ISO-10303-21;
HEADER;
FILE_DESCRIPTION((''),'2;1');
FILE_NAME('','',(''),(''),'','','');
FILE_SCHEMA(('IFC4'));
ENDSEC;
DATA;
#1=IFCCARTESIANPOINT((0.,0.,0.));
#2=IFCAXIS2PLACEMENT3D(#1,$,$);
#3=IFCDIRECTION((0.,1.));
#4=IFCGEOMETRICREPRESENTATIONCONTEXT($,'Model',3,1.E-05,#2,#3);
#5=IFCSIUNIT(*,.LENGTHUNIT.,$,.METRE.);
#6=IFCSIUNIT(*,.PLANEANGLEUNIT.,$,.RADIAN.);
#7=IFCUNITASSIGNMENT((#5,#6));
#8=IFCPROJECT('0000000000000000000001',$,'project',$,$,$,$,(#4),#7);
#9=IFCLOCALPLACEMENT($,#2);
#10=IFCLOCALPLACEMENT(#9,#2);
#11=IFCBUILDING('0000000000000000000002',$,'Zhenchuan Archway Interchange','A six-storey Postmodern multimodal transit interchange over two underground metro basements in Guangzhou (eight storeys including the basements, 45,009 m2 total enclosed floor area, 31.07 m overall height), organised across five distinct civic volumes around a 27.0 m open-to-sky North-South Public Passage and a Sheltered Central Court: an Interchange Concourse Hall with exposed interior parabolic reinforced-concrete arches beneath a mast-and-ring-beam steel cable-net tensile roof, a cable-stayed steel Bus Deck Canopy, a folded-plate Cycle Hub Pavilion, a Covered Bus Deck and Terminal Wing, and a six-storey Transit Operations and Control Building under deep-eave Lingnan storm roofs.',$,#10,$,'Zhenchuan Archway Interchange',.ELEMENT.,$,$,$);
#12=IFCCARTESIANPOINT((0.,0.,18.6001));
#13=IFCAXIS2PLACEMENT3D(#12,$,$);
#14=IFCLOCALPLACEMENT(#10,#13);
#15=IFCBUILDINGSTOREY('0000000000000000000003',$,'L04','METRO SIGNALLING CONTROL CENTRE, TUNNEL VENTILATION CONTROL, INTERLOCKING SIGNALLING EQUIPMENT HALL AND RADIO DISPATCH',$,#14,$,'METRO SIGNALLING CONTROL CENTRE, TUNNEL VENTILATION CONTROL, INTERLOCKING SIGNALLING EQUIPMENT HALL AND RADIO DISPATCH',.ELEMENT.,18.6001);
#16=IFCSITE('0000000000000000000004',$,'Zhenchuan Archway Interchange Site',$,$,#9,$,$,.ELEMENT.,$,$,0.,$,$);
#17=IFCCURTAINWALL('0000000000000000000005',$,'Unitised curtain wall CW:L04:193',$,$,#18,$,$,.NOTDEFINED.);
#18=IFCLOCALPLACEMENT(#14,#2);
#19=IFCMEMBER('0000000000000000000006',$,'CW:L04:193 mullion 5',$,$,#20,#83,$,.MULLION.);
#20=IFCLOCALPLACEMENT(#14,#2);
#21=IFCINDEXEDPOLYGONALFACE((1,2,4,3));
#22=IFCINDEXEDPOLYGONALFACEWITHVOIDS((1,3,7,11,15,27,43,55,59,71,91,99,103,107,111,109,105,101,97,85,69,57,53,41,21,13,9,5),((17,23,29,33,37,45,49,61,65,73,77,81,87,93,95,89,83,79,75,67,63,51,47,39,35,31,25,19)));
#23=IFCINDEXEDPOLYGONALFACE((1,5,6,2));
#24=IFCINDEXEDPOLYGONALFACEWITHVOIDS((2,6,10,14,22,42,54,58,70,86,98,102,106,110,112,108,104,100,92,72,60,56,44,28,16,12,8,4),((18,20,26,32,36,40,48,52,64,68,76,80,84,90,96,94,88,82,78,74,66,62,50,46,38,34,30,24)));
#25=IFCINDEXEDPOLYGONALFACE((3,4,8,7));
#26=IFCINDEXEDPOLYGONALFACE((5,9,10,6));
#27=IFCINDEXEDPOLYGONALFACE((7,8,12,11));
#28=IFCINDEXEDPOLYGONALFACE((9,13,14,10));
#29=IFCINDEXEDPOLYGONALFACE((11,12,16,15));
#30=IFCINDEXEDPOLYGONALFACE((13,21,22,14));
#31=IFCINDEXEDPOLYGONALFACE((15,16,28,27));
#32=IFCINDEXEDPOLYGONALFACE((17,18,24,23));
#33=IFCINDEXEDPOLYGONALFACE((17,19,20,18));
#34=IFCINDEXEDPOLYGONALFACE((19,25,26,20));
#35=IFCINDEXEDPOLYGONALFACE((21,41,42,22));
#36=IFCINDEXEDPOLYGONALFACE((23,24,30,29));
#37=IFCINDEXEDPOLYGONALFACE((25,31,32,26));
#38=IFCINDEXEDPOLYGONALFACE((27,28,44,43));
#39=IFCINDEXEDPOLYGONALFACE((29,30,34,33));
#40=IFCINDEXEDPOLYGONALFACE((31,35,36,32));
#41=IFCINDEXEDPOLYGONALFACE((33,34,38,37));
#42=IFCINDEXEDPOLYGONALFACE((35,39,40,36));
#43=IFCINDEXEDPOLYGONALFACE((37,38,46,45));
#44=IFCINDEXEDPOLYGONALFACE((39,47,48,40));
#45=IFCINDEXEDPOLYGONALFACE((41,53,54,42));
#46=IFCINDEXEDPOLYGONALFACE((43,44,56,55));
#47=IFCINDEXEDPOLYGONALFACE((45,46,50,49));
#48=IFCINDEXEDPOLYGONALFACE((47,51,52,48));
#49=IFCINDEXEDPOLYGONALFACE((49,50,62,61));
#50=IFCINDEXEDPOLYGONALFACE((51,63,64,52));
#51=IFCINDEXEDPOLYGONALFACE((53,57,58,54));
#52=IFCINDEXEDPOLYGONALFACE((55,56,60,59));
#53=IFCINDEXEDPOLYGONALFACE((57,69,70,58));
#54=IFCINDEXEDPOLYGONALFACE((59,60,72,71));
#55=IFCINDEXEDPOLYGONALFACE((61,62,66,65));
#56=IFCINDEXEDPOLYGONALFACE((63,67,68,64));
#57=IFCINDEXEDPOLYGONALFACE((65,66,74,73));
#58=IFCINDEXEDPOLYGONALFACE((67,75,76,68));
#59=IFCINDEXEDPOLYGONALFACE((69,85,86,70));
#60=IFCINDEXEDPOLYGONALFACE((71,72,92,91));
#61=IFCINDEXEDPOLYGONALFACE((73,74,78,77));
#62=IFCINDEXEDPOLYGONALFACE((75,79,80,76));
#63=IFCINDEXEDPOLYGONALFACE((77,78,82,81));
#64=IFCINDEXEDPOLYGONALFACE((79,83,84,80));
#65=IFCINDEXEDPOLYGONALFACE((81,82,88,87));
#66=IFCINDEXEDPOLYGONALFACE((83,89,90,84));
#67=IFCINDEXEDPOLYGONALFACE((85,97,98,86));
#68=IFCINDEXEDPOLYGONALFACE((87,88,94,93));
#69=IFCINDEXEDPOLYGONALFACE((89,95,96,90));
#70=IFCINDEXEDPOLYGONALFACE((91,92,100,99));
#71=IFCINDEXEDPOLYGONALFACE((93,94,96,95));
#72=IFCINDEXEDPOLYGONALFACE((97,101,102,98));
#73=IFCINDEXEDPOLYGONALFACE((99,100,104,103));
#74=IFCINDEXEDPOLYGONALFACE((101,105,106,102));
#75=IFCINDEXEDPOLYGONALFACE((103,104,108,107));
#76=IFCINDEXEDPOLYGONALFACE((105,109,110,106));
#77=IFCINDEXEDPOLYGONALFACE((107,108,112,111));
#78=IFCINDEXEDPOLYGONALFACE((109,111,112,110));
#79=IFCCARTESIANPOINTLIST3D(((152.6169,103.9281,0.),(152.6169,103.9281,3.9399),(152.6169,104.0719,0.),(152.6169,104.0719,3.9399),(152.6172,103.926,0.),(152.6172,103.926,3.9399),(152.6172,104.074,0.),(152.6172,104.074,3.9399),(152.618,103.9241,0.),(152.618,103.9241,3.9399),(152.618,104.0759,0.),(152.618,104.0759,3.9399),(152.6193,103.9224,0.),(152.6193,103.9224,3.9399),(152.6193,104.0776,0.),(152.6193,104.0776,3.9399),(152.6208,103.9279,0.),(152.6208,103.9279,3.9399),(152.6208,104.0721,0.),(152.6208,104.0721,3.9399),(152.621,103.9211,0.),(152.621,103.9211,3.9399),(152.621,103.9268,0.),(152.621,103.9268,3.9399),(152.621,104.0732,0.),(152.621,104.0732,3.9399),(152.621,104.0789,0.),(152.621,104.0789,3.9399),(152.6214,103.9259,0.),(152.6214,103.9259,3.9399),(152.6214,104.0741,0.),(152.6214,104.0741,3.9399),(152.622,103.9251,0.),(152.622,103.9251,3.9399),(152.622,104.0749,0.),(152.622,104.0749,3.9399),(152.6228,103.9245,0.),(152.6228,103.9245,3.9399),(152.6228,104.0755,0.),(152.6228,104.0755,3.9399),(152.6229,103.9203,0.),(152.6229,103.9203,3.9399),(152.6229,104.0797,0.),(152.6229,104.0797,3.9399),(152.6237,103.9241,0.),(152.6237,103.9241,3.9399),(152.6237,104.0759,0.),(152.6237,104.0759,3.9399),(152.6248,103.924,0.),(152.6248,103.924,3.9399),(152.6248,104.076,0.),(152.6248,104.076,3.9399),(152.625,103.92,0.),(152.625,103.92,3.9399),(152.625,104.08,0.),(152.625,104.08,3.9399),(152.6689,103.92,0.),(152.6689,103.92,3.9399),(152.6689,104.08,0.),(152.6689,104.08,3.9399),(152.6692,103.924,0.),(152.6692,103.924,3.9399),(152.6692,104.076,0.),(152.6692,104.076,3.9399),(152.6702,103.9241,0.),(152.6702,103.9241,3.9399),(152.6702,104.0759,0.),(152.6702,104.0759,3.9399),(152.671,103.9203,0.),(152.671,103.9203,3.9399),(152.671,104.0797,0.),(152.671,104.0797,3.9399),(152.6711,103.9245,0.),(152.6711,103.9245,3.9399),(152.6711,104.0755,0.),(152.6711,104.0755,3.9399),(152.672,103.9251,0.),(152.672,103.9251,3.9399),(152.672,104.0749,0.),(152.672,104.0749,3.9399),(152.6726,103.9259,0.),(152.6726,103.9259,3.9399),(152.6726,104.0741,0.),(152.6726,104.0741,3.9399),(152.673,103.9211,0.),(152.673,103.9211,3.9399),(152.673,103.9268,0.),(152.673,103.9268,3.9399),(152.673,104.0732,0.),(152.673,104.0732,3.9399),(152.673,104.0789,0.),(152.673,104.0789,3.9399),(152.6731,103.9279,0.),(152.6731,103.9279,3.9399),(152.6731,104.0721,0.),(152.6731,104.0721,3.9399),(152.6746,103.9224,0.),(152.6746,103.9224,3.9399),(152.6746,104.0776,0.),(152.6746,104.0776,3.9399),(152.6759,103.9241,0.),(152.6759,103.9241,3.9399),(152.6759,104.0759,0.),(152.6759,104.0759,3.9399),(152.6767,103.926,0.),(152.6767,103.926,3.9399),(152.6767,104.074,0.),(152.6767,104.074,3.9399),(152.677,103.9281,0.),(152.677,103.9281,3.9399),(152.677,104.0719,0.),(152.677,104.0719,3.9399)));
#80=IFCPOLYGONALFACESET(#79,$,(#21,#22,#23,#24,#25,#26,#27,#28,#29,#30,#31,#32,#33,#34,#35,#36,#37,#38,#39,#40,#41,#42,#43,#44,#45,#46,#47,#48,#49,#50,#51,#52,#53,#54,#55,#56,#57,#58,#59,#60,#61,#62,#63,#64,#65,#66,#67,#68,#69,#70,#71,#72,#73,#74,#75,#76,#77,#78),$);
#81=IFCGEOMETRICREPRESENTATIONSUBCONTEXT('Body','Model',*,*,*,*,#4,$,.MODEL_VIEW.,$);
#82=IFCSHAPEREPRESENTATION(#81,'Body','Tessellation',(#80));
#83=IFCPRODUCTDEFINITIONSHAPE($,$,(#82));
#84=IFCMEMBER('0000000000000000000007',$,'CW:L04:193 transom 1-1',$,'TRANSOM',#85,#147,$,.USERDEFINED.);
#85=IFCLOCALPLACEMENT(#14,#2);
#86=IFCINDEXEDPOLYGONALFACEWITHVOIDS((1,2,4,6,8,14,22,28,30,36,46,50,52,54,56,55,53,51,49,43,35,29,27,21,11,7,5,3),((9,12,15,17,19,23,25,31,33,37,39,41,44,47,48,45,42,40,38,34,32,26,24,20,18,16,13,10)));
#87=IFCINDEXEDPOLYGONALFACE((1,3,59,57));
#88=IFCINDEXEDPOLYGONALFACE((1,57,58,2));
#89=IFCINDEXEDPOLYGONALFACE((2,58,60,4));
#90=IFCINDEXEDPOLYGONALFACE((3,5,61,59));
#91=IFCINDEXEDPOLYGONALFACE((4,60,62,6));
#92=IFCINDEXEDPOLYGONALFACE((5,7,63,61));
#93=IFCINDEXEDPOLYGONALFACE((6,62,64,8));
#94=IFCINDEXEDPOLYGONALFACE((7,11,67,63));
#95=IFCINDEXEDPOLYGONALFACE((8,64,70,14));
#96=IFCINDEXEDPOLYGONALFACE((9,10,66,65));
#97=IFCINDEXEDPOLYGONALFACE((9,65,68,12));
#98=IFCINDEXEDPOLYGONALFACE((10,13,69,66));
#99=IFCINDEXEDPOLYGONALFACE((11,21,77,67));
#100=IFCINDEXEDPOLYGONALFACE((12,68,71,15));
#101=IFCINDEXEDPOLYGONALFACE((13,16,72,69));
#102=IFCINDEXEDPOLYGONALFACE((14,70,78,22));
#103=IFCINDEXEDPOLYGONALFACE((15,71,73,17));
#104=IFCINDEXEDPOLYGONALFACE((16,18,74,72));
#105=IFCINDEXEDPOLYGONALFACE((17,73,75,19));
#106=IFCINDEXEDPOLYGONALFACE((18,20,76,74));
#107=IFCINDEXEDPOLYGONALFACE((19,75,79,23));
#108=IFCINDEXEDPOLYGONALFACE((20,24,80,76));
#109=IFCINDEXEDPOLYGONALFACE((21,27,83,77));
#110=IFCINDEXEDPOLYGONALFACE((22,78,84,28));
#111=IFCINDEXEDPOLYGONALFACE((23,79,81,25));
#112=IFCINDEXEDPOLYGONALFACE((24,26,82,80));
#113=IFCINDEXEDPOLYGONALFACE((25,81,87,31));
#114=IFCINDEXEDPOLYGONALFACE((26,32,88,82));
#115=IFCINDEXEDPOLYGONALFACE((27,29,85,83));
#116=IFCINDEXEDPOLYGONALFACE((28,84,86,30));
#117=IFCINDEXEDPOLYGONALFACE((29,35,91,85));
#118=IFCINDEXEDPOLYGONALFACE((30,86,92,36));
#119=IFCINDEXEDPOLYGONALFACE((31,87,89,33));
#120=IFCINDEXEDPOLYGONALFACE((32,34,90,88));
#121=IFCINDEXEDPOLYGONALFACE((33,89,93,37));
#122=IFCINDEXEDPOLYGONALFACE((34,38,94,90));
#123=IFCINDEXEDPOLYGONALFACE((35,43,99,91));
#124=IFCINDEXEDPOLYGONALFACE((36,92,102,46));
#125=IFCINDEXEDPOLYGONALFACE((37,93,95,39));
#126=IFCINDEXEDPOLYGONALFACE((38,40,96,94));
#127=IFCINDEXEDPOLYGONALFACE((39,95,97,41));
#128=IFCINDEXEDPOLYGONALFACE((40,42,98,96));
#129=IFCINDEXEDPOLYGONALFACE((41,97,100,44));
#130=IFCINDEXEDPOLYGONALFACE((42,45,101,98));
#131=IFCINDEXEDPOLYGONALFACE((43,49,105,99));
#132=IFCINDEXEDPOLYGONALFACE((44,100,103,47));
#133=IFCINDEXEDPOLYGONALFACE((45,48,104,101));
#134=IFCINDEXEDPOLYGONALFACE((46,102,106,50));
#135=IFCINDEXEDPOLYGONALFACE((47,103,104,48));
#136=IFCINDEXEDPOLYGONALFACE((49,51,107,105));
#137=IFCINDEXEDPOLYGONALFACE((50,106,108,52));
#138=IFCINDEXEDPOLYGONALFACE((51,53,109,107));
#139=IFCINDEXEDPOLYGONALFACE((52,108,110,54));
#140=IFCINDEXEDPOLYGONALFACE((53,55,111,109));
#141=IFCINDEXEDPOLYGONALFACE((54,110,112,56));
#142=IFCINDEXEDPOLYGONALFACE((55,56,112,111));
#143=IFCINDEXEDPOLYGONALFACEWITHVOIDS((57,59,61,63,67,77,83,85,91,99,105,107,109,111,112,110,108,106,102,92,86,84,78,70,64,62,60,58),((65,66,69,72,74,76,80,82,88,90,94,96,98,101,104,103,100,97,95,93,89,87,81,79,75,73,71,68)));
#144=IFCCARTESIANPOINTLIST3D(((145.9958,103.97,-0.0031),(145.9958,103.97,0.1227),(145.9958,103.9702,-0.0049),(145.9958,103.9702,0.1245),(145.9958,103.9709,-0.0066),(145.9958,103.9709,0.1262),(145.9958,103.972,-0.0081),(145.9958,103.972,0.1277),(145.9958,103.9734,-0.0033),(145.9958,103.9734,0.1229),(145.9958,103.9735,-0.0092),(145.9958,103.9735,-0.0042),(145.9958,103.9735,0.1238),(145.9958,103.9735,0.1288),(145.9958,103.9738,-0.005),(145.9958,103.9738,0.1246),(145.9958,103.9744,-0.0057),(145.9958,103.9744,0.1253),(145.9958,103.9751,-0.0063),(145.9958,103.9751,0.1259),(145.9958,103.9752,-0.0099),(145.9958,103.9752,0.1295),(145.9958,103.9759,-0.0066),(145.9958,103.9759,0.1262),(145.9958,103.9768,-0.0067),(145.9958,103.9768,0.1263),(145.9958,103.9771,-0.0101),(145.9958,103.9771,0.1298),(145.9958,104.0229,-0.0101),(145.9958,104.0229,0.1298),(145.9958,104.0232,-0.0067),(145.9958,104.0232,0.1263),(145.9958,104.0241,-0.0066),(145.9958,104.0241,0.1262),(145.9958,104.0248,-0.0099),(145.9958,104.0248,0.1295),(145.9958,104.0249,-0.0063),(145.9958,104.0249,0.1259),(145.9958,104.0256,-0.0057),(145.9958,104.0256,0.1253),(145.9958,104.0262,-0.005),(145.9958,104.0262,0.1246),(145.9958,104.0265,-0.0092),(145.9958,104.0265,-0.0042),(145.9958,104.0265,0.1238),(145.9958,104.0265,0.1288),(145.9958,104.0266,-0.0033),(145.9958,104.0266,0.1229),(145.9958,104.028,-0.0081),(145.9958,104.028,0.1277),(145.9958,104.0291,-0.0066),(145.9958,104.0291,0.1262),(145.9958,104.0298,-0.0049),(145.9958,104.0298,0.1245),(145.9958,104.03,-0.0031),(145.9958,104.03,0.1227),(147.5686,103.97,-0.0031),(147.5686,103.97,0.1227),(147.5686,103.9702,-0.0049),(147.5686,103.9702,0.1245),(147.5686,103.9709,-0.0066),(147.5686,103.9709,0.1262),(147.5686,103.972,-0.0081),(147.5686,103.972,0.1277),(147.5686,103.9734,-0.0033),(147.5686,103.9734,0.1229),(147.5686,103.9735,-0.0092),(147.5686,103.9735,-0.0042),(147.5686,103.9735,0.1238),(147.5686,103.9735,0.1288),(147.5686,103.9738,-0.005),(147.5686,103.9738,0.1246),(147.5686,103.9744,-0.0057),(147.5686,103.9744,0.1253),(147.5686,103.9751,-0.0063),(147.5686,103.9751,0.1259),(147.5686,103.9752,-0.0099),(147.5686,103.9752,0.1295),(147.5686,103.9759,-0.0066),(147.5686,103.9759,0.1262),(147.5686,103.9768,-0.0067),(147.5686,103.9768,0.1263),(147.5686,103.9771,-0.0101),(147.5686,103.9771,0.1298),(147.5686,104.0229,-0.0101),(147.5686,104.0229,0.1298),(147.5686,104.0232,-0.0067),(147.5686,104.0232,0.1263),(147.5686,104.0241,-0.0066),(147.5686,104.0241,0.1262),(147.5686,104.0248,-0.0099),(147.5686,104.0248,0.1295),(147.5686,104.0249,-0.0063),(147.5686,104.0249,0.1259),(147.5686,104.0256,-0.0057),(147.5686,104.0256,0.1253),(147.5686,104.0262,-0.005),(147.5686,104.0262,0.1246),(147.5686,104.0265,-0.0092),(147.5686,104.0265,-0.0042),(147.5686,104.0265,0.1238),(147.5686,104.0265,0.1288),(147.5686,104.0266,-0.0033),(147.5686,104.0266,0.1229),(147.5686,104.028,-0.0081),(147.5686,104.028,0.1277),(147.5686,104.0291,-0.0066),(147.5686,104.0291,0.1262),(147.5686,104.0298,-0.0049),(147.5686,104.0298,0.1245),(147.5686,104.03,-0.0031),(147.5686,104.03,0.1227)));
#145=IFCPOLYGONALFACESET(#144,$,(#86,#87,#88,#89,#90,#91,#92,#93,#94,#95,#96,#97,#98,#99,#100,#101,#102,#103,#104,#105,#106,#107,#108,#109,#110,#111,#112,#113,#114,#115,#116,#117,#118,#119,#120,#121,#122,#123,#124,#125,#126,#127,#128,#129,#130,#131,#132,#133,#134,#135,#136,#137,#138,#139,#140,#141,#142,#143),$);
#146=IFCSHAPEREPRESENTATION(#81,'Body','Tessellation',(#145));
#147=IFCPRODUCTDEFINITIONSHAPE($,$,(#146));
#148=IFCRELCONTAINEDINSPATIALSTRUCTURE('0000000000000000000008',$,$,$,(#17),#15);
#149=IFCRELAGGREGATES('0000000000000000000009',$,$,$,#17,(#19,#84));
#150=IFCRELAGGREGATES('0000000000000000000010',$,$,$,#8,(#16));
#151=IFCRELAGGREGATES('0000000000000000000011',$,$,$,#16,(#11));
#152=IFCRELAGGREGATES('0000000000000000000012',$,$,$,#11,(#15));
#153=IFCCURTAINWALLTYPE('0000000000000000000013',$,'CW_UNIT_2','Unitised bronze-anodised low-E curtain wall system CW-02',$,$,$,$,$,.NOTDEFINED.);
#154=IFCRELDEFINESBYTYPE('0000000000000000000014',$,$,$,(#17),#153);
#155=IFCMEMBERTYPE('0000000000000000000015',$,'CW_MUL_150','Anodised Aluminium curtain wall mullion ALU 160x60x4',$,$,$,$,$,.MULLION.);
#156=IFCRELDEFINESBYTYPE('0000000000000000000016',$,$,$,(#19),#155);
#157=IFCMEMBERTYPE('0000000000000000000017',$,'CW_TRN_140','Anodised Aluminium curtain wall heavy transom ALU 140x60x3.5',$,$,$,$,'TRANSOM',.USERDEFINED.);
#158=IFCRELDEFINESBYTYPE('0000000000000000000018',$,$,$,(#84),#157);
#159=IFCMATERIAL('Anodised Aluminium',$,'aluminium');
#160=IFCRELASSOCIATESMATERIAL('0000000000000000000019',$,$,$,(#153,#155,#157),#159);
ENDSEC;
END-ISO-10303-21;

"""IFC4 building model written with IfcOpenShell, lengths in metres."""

from ifc_helpers import new_model, si_unit, direction, frame, origin, origin_2d, place, context, subcontext, project, spatial, hollow_rectangle, extrude, material, material_profile, profile_set, type_object, element, aggregate, save


model = new_model("IFC4")

# Units and contexts
model_context = context("Model", 3, precision=1e-05, world=origin(), true_north=direction((0.0, 1.0)))
body_context = subcontext(model_context, "Body", "Model", "MODEL_VIEW")
ifc_project = project(units=[si_unit("LENGTHUNIT", "METRE"), si_unit("PLANEANGLEUNIT", "RADIAN")], contexts=[model_context])

# Site, building, storey
site_placement = place(None, origin())
site = spatial("IfcSite", under=ifc_project, at=site_placement, Name="Zhenchuan Archway Interchange Site", CompositionType="ELEMENT", RefElevation=0.0)
building_placement = place(site_placement, origin())
building = spatial("IfcBuilding", under=site, at=building_placement, Name="Zhenchuan Archway Interchange", Description="A six-storey Postmodern multimodal transit interchange over two underground metro basements in Guangzhou (eight storeys including the basements, 45,009 m2 total enclosed floor area, 31.07 m overall height), organised across five distinct civic volumes around a 27.0 m open-to-sky North-South Public Passage and a Sheltered Central Court: an Interchange Concourse Hall with exposed interior parabolic reinforced-concrete arches beneath a mast-and-ring-beam steel cable-net tensile roof, a cable-stayed steel Bus Deck Canopy, a folded-plate Cycle Hub Pavilion, a Covered Bus Deck and Terminal Wing, and a six-storey Transit Operations and Control Building under deep-eave Lingnan storm roofs.", LongName="Zhenchuan Archway Interchange", CompositionType="ELEMENT")
storey_placement = place(building_placement, frame((0.0, 0.0, 18.6001)))
storey = spatial("IfcBuildingStorey", under=building, at=storey_placement, Name="L04", Description="METRO SIGNALLING CONTROL CENTRE, TUNNEL VENTILATION CONTROL, INTERLOCKING SIGNALLING EQUIPMENT HALL AND RADIO DISPATCH", LongName="METRO SIGNALLING CONTROL CENTRE, TUNNEL VENTILATION CONTROL, INTERLOCKING SIGNALLING EQUIPMENT HALL AND RADIO DISPATCH", CompositionType="ELEMENT", Elevation=18.6001)

# Curtain wall, members
ifc_material_1 = material(Name="Anodised Aluminium", Category="aluminium")
curtain_wall_type = type_object("IfcCurtainWallType", Name="CW_UNIT_2", Description="Unitised bronze-anodised low-E curtain wall system CW-02", PredefinedType="NOTDEFINED", material=ifc_material_1)
curtain_wall_placement = place(storey_placement, origin())
curtain_wall = element("IfcCurtainWall", 1, at=curtain_wall_placement, inside=storey, type_object=curtain_wall_type, Name="Unitised curtain wall CW:L04:193", PredefinedType="NOTDEFINED")
ifc_material_profile_1 = material_profile(ifc_material_1, hollow_rectangle(XDim=0.0601, YDim=0.1599, WallThickness=0.0039, InnerFilletRadius=0.0039, OuterFilletRadius=0.0081, at=origin_2d()), Name="ALU 160x60x4")
ifc_profile_set_1 = profile_set([ifc_material_profile_1], Name="Anodised Aluminium")
member_type_1 = type_object("IfcMemberType", Name="CW_MUL_150", Description="Anodised Aluminium curtain wall mullion ALU 160x60x4", PredefinedType="MULLION", material=ifc_profile_set_1)
member_1_placement = place(storey_placement, frame((152.647, 104.0, 0.0), z_axis=(0.0, 0.0, 1.0), x_axis=(1.0, 0.0, 0.0)))
member_1 = element("IfcMember", 2, at=member_1_placement, type_object=member_type_1, Name="CW:L04:193 mullion 5", PredefinedType="MULLION", context=body_context, shape_type="SweptSolid", body=[
    extrude(hollow_rectangle(XDim=0.0601, YDim=0.1599, WallThickness=0.0039, InnerFilletRadius=0.0039, OuterFilletRadius=0.0081, at=origin_2d()), origin(), (0.0, 0.0, 1.0), 3.9399),
])
ifc_material_profile_2 = material_profile(ifc_material_1, hollow_rectangle(XDim=0.0601, YDim=0.1399, WallThickness=0.0034, InnerFilletRadius=0.0034, OuterFilletRadius=0.0071, at=origin_2d()), Name="ALU 140x60x3.5")
ifc_profile_set_2 = profile_set([ifc_material_profile_2], Name="Anodised Aluminium")
member_type_2 = type_object("IfcMemberType", Name="CW_TRN_140", Description="Anodised Aluminium curtain wall heavy transom ALU 140x60x3.5", ElementType="TRANSOM", PredefinedType="USERDEFINED", material=ifc_profile_set_2)
member_2_placement = place(storey_placement, frame((145.9958, 104.0, 0.0598), z_axis=(1.0, 0.0, 0.0), x_axis=(0.0, 1.0, 0.0)))
member_2 = element("IfcMember", 3, at=member_2_placement, type_object=member_type_2, Name="CW:L04:193 transom 1-1", ObjectType="TRANSOM", PredefinedType="USERDEFINED", context=body_context, shape_type="SweptSolid", body=[
    extrude(hollow_rectangle(XDim=0.0601, YDim=0.1399, WallThickness=0.0034, InnerFilletRadius=0.0034, OuterFilletRadius=0.0071, at=origin_2d()), origin(), (0.0, 0.0, 1.0), 1.5728),
])
aggregate(curtain_wall, [member_1, member_2])

save(model, "model.ifc")
